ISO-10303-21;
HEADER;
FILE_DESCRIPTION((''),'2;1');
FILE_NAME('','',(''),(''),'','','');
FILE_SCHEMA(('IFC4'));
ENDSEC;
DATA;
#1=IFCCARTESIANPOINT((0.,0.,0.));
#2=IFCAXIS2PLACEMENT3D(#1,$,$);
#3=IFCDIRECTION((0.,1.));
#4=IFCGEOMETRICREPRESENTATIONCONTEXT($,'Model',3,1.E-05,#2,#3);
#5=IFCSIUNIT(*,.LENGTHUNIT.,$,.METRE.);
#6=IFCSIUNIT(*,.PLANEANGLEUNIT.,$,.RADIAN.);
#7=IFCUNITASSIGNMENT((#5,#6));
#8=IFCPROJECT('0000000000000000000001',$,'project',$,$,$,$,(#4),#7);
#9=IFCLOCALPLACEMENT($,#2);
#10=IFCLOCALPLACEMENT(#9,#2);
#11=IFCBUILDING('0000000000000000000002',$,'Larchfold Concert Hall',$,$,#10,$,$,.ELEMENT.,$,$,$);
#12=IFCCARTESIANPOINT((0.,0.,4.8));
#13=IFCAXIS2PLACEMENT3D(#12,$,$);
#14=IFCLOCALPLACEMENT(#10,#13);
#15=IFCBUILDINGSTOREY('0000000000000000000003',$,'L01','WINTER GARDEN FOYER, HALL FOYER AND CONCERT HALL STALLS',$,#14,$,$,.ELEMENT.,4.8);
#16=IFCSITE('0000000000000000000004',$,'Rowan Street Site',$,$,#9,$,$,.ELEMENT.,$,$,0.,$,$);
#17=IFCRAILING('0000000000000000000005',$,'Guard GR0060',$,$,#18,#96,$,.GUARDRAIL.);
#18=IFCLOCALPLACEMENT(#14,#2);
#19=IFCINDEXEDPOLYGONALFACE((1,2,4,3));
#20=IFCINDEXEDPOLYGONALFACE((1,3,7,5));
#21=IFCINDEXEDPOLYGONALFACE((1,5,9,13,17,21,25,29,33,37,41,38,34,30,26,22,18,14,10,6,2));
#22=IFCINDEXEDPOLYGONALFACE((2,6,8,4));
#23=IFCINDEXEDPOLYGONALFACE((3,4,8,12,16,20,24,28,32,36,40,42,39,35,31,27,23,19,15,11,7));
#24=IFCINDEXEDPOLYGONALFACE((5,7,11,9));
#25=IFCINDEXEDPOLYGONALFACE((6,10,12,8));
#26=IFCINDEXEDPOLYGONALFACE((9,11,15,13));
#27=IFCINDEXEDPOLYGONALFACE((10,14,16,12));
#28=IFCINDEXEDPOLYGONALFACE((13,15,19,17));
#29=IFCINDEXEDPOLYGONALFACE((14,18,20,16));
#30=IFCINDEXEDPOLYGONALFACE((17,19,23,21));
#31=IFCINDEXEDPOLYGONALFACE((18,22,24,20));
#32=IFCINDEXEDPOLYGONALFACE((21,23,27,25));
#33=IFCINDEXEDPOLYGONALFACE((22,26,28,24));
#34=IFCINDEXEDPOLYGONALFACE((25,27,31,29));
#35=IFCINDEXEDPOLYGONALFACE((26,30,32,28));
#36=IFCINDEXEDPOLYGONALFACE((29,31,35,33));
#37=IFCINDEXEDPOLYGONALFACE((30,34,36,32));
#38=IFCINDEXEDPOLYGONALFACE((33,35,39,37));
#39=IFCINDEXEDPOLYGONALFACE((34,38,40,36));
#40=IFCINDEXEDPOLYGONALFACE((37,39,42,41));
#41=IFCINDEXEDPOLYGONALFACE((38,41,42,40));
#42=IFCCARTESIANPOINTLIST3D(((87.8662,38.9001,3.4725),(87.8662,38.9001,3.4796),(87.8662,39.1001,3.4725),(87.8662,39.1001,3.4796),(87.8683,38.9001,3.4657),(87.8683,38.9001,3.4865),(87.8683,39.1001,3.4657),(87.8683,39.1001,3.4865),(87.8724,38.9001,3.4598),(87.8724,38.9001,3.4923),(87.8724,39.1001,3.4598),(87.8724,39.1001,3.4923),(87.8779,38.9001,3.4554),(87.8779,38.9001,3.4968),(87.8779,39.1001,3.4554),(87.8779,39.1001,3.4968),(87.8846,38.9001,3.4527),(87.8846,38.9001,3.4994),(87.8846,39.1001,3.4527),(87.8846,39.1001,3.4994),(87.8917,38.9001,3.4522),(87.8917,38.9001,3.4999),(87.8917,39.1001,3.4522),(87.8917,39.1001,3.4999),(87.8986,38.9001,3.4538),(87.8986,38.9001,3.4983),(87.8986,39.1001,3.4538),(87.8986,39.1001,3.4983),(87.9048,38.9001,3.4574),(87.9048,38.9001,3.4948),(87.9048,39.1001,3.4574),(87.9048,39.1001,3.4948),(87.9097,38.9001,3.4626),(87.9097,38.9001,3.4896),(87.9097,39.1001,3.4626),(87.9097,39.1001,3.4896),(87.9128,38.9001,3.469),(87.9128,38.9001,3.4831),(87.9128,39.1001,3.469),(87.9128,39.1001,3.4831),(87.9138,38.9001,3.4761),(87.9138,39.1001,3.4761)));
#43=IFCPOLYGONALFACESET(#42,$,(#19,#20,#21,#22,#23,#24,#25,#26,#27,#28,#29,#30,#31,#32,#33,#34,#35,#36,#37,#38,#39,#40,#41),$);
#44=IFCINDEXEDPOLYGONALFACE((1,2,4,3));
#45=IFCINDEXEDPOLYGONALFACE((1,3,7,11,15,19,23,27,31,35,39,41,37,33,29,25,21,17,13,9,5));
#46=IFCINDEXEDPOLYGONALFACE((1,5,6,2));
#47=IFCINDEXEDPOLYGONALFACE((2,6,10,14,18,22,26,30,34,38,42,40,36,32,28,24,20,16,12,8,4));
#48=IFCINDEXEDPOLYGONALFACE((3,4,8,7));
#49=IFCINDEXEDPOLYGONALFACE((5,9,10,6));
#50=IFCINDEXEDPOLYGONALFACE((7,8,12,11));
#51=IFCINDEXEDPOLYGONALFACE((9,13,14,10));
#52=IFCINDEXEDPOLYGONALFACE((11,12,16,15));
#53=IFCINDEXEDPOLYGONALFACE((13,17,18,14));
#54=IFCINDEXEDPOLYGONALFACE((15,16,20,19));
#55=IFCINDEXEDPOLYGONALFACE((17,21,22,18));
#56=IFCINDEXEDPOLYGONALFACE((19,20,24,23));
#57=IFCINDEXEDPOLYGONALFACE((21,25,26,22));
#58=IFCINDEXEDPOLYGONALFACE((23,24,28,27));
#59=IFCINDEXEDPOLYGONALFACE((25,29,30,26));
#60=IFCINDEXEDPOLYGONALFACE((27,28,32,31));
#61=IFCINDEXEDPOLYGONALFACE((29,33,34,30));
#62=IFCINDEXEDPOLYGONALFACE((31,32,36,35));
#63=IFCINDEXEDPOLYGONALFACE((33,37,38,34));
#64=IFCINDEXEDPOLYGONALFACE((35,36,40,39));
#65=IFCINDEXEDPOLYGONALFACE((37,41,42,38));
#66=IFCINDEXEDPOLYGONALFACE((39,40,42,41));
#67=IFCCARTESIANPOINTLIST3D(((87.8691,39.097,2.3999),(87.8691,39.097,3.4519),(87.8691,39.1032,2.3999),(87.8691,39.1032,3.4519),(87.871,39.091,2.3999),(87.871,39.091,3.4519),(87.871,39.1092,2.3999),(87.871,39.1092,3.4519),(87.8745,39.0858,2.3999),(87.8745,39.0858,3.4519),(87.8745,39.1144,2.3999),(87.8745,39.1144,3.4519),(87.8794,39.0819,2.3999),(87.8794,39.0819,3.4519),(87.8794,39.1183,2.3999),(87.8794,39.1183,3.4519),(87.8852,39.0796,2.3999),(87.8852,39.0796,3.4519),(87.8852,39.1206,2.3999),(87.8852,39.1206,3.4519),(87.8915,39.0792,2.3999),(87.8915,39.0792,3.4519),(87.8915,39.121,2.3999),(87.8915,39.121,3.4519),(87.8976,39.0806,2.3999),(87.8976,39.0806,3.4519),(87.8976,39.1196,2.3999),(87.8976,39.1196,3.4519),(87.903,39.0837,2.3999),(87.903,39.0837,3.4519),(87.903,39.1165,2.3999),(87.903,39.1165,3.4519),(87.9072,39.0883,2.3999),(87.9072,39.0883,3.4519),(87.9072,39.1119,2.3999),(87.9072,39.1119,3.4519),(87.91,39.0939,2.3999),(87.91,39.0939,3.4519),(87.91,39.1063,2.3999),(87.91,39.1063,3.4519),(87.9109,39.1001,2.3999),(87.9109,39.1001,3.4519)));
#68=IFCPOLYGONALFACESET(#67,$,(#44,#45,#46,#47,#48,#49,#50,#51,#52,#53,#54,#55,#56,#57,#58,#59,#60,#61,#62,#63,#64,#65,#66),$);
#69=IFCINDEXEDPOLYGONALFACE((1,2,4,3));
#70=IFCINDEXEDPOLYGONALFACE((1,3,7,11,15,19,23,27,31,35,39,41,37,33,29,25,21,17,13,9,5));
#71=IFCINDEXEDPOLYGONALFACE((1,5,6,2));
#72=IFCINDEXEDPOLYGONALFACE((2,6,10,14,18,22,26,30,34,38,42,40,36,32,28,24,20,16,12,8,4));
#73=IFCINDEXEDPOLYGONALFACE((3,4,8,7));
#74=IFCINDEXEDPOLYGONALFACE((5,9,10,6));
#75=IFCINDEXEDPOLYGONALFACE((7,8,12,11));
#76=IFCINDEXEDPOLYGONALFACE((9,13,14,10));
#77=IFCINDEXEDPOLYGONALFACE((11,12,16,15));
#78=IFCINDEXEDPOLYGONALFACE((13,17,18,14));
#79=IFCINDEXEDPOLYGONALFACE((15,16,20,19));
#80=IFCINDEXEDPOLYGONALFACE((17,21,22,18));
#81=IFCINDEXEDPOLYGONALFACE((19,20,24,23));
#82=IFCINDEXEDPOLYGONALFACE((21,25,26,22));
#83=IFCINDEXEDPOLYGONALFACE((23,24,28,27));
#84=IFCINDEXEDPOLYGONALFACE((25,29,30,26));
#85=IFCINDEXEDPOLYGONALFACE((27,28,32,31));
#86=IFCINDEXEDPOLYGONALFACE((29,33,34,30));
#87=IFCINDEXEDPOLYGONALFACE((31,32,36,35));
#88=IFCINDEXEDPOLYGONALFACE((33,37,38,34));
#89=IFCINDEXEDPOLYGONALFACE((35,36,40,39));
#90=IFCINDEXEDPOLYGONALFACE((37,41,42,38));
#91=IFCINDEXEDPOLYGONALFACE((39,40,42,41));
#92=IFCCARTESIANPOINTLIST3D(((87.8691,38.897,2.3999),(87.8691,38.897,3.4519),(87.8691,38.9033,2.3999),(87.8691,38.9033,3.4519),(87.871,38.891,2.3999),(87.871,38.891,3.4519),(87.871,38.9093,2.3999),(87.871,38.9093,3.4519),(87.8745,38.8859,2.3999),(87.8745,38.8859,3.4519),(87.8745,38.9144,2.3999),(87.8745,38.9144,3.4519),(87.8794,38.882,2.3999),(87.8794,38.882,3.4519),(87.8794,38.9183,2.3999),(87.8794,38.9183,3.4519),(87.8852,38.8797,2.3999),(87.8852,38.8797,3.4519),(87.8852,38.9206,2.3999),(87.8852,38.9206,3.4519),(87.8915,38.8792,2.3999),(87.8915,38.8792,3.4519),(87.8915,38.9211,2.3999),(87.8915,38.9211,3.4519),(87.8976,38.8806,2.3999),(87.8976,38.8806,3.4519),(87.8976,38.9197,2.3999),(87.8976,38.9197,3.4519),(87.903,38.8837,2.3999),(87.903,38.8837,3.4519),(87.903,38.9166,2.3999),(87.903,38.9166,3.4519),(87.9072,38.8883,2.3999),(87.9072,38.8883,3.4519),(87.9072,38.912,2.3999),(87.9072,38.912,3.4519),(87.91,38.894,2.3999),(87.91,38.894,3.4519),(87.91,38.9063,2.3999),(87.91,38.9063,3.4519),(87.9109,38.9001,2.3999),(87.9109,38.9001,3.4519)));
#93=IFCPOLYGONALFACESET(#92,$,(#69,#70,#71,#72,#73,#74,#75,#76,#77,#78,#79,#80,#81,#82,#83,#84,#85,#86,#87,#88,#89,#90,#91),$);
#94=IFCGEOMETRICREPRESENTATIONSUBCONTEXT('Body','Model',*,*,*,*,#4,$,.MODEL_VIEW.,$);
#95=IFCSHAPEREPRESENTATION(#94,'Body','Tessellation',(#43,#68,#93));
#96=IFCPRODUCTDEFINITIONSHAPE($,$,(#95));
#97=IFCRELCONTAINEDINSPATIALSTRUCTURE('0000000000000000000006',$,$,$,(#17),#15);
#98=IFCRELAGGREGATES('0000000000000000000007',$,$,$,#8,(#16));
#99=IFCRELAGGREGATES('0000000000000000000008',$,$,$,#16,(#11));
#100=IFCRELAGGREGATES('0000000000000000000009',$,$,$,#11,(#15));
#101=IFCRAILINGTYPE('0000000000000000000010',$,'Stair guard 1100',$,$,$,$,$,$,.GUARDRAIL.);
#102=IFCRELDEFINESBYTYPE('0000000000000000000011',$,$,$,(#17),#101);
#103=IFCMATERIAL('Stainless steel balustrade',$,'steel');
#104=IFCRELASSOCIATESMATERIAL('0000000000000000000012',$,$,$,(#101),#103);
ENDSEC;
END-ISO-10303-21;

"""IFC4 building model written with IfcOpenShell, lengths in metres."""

from ifc_helpers import new_model, si_unit, direction, frame, origin, origin_2d, place, context, subcontext, project, spatial, circle, extrude, material, type_object, element, save


model = new_model("IFC4")

# Units and contexts
model_context = context("Model", 3, precision=1e-05, world=origin(), true_north=direction((0.0, 1.0)))
body_context = subcontext(model_context, "Body", "Model", "MODEL_VIEW")
ifc_project = project(units=[si_unit("LENGTHUNIT", "METRE"), si_unit("PLANEANGLEUNIT", "RADIAN")], contexts=[model_context])

# Site, building, storey
site_placement = place(None, origin())
site = spatial("IfcSite", under=ifc_project, at=site_placement, Name="Rowan Street Site", CompositionType="ELEMENT", RefElevation=0.0)
building_placement = place(site_placement, origin())
building = spatial("IfcBuilding", under=site, at=building_placement, Name="Larchfold Concert Hall", CompositionType="ELEMENT")
storey_placement = place(building_placement, frame((0.0, 0.0, 4.8)))
storey = spatial("IfcBuildingStorey", under=building, at=storey_placement, Name="L01", Description="WINTER GARDEN FOYER, HALL FOYER AND CONCERT HALL STALLS", CompositionType="ELEMENT", Elevation=4.8)

# Railing
ifc_material_1 = material(Name="Stainless steel balustrade", Category="steel")
railing_type_1 = type_object("IfcRailingType", Name="Stair guard 1100", PredefinedType="GUARDRAIL", material=ifc_material_1)
railing_1_placement = place(storey_placement, frame((87.8899, 39.1001, 2.3999)))
element("IfcRailing", 1, at=railing_1_placement, inside=storey, type_object=railing_type_1, Name="Guard GR0060", PredefinedType="GUARDRAIL", context=body_context, shape_type="SweptSolid", body=[
    extrude(circle(Radius=0.0239, at=origin_2d()), frame((0.0, 0.0, 1.0762), z_axis=(0.0, -1.0, 0.0), x_axis=(1.0, 0.0, 0.0)), (0.0, 0.0, 1.0), 0.2),
    extrude(circle(Radius=0.021, at=origin_2d()), origin(), (0.0, 0.0, 1.0), 1.052),
    extrude(circle(Radius=0.021, at=origin_2d()), frame((0.0, -0.2, 0.0)), (0.0, 0.0, 1.0), 1.052),
])

save(model, "model.ifc")
